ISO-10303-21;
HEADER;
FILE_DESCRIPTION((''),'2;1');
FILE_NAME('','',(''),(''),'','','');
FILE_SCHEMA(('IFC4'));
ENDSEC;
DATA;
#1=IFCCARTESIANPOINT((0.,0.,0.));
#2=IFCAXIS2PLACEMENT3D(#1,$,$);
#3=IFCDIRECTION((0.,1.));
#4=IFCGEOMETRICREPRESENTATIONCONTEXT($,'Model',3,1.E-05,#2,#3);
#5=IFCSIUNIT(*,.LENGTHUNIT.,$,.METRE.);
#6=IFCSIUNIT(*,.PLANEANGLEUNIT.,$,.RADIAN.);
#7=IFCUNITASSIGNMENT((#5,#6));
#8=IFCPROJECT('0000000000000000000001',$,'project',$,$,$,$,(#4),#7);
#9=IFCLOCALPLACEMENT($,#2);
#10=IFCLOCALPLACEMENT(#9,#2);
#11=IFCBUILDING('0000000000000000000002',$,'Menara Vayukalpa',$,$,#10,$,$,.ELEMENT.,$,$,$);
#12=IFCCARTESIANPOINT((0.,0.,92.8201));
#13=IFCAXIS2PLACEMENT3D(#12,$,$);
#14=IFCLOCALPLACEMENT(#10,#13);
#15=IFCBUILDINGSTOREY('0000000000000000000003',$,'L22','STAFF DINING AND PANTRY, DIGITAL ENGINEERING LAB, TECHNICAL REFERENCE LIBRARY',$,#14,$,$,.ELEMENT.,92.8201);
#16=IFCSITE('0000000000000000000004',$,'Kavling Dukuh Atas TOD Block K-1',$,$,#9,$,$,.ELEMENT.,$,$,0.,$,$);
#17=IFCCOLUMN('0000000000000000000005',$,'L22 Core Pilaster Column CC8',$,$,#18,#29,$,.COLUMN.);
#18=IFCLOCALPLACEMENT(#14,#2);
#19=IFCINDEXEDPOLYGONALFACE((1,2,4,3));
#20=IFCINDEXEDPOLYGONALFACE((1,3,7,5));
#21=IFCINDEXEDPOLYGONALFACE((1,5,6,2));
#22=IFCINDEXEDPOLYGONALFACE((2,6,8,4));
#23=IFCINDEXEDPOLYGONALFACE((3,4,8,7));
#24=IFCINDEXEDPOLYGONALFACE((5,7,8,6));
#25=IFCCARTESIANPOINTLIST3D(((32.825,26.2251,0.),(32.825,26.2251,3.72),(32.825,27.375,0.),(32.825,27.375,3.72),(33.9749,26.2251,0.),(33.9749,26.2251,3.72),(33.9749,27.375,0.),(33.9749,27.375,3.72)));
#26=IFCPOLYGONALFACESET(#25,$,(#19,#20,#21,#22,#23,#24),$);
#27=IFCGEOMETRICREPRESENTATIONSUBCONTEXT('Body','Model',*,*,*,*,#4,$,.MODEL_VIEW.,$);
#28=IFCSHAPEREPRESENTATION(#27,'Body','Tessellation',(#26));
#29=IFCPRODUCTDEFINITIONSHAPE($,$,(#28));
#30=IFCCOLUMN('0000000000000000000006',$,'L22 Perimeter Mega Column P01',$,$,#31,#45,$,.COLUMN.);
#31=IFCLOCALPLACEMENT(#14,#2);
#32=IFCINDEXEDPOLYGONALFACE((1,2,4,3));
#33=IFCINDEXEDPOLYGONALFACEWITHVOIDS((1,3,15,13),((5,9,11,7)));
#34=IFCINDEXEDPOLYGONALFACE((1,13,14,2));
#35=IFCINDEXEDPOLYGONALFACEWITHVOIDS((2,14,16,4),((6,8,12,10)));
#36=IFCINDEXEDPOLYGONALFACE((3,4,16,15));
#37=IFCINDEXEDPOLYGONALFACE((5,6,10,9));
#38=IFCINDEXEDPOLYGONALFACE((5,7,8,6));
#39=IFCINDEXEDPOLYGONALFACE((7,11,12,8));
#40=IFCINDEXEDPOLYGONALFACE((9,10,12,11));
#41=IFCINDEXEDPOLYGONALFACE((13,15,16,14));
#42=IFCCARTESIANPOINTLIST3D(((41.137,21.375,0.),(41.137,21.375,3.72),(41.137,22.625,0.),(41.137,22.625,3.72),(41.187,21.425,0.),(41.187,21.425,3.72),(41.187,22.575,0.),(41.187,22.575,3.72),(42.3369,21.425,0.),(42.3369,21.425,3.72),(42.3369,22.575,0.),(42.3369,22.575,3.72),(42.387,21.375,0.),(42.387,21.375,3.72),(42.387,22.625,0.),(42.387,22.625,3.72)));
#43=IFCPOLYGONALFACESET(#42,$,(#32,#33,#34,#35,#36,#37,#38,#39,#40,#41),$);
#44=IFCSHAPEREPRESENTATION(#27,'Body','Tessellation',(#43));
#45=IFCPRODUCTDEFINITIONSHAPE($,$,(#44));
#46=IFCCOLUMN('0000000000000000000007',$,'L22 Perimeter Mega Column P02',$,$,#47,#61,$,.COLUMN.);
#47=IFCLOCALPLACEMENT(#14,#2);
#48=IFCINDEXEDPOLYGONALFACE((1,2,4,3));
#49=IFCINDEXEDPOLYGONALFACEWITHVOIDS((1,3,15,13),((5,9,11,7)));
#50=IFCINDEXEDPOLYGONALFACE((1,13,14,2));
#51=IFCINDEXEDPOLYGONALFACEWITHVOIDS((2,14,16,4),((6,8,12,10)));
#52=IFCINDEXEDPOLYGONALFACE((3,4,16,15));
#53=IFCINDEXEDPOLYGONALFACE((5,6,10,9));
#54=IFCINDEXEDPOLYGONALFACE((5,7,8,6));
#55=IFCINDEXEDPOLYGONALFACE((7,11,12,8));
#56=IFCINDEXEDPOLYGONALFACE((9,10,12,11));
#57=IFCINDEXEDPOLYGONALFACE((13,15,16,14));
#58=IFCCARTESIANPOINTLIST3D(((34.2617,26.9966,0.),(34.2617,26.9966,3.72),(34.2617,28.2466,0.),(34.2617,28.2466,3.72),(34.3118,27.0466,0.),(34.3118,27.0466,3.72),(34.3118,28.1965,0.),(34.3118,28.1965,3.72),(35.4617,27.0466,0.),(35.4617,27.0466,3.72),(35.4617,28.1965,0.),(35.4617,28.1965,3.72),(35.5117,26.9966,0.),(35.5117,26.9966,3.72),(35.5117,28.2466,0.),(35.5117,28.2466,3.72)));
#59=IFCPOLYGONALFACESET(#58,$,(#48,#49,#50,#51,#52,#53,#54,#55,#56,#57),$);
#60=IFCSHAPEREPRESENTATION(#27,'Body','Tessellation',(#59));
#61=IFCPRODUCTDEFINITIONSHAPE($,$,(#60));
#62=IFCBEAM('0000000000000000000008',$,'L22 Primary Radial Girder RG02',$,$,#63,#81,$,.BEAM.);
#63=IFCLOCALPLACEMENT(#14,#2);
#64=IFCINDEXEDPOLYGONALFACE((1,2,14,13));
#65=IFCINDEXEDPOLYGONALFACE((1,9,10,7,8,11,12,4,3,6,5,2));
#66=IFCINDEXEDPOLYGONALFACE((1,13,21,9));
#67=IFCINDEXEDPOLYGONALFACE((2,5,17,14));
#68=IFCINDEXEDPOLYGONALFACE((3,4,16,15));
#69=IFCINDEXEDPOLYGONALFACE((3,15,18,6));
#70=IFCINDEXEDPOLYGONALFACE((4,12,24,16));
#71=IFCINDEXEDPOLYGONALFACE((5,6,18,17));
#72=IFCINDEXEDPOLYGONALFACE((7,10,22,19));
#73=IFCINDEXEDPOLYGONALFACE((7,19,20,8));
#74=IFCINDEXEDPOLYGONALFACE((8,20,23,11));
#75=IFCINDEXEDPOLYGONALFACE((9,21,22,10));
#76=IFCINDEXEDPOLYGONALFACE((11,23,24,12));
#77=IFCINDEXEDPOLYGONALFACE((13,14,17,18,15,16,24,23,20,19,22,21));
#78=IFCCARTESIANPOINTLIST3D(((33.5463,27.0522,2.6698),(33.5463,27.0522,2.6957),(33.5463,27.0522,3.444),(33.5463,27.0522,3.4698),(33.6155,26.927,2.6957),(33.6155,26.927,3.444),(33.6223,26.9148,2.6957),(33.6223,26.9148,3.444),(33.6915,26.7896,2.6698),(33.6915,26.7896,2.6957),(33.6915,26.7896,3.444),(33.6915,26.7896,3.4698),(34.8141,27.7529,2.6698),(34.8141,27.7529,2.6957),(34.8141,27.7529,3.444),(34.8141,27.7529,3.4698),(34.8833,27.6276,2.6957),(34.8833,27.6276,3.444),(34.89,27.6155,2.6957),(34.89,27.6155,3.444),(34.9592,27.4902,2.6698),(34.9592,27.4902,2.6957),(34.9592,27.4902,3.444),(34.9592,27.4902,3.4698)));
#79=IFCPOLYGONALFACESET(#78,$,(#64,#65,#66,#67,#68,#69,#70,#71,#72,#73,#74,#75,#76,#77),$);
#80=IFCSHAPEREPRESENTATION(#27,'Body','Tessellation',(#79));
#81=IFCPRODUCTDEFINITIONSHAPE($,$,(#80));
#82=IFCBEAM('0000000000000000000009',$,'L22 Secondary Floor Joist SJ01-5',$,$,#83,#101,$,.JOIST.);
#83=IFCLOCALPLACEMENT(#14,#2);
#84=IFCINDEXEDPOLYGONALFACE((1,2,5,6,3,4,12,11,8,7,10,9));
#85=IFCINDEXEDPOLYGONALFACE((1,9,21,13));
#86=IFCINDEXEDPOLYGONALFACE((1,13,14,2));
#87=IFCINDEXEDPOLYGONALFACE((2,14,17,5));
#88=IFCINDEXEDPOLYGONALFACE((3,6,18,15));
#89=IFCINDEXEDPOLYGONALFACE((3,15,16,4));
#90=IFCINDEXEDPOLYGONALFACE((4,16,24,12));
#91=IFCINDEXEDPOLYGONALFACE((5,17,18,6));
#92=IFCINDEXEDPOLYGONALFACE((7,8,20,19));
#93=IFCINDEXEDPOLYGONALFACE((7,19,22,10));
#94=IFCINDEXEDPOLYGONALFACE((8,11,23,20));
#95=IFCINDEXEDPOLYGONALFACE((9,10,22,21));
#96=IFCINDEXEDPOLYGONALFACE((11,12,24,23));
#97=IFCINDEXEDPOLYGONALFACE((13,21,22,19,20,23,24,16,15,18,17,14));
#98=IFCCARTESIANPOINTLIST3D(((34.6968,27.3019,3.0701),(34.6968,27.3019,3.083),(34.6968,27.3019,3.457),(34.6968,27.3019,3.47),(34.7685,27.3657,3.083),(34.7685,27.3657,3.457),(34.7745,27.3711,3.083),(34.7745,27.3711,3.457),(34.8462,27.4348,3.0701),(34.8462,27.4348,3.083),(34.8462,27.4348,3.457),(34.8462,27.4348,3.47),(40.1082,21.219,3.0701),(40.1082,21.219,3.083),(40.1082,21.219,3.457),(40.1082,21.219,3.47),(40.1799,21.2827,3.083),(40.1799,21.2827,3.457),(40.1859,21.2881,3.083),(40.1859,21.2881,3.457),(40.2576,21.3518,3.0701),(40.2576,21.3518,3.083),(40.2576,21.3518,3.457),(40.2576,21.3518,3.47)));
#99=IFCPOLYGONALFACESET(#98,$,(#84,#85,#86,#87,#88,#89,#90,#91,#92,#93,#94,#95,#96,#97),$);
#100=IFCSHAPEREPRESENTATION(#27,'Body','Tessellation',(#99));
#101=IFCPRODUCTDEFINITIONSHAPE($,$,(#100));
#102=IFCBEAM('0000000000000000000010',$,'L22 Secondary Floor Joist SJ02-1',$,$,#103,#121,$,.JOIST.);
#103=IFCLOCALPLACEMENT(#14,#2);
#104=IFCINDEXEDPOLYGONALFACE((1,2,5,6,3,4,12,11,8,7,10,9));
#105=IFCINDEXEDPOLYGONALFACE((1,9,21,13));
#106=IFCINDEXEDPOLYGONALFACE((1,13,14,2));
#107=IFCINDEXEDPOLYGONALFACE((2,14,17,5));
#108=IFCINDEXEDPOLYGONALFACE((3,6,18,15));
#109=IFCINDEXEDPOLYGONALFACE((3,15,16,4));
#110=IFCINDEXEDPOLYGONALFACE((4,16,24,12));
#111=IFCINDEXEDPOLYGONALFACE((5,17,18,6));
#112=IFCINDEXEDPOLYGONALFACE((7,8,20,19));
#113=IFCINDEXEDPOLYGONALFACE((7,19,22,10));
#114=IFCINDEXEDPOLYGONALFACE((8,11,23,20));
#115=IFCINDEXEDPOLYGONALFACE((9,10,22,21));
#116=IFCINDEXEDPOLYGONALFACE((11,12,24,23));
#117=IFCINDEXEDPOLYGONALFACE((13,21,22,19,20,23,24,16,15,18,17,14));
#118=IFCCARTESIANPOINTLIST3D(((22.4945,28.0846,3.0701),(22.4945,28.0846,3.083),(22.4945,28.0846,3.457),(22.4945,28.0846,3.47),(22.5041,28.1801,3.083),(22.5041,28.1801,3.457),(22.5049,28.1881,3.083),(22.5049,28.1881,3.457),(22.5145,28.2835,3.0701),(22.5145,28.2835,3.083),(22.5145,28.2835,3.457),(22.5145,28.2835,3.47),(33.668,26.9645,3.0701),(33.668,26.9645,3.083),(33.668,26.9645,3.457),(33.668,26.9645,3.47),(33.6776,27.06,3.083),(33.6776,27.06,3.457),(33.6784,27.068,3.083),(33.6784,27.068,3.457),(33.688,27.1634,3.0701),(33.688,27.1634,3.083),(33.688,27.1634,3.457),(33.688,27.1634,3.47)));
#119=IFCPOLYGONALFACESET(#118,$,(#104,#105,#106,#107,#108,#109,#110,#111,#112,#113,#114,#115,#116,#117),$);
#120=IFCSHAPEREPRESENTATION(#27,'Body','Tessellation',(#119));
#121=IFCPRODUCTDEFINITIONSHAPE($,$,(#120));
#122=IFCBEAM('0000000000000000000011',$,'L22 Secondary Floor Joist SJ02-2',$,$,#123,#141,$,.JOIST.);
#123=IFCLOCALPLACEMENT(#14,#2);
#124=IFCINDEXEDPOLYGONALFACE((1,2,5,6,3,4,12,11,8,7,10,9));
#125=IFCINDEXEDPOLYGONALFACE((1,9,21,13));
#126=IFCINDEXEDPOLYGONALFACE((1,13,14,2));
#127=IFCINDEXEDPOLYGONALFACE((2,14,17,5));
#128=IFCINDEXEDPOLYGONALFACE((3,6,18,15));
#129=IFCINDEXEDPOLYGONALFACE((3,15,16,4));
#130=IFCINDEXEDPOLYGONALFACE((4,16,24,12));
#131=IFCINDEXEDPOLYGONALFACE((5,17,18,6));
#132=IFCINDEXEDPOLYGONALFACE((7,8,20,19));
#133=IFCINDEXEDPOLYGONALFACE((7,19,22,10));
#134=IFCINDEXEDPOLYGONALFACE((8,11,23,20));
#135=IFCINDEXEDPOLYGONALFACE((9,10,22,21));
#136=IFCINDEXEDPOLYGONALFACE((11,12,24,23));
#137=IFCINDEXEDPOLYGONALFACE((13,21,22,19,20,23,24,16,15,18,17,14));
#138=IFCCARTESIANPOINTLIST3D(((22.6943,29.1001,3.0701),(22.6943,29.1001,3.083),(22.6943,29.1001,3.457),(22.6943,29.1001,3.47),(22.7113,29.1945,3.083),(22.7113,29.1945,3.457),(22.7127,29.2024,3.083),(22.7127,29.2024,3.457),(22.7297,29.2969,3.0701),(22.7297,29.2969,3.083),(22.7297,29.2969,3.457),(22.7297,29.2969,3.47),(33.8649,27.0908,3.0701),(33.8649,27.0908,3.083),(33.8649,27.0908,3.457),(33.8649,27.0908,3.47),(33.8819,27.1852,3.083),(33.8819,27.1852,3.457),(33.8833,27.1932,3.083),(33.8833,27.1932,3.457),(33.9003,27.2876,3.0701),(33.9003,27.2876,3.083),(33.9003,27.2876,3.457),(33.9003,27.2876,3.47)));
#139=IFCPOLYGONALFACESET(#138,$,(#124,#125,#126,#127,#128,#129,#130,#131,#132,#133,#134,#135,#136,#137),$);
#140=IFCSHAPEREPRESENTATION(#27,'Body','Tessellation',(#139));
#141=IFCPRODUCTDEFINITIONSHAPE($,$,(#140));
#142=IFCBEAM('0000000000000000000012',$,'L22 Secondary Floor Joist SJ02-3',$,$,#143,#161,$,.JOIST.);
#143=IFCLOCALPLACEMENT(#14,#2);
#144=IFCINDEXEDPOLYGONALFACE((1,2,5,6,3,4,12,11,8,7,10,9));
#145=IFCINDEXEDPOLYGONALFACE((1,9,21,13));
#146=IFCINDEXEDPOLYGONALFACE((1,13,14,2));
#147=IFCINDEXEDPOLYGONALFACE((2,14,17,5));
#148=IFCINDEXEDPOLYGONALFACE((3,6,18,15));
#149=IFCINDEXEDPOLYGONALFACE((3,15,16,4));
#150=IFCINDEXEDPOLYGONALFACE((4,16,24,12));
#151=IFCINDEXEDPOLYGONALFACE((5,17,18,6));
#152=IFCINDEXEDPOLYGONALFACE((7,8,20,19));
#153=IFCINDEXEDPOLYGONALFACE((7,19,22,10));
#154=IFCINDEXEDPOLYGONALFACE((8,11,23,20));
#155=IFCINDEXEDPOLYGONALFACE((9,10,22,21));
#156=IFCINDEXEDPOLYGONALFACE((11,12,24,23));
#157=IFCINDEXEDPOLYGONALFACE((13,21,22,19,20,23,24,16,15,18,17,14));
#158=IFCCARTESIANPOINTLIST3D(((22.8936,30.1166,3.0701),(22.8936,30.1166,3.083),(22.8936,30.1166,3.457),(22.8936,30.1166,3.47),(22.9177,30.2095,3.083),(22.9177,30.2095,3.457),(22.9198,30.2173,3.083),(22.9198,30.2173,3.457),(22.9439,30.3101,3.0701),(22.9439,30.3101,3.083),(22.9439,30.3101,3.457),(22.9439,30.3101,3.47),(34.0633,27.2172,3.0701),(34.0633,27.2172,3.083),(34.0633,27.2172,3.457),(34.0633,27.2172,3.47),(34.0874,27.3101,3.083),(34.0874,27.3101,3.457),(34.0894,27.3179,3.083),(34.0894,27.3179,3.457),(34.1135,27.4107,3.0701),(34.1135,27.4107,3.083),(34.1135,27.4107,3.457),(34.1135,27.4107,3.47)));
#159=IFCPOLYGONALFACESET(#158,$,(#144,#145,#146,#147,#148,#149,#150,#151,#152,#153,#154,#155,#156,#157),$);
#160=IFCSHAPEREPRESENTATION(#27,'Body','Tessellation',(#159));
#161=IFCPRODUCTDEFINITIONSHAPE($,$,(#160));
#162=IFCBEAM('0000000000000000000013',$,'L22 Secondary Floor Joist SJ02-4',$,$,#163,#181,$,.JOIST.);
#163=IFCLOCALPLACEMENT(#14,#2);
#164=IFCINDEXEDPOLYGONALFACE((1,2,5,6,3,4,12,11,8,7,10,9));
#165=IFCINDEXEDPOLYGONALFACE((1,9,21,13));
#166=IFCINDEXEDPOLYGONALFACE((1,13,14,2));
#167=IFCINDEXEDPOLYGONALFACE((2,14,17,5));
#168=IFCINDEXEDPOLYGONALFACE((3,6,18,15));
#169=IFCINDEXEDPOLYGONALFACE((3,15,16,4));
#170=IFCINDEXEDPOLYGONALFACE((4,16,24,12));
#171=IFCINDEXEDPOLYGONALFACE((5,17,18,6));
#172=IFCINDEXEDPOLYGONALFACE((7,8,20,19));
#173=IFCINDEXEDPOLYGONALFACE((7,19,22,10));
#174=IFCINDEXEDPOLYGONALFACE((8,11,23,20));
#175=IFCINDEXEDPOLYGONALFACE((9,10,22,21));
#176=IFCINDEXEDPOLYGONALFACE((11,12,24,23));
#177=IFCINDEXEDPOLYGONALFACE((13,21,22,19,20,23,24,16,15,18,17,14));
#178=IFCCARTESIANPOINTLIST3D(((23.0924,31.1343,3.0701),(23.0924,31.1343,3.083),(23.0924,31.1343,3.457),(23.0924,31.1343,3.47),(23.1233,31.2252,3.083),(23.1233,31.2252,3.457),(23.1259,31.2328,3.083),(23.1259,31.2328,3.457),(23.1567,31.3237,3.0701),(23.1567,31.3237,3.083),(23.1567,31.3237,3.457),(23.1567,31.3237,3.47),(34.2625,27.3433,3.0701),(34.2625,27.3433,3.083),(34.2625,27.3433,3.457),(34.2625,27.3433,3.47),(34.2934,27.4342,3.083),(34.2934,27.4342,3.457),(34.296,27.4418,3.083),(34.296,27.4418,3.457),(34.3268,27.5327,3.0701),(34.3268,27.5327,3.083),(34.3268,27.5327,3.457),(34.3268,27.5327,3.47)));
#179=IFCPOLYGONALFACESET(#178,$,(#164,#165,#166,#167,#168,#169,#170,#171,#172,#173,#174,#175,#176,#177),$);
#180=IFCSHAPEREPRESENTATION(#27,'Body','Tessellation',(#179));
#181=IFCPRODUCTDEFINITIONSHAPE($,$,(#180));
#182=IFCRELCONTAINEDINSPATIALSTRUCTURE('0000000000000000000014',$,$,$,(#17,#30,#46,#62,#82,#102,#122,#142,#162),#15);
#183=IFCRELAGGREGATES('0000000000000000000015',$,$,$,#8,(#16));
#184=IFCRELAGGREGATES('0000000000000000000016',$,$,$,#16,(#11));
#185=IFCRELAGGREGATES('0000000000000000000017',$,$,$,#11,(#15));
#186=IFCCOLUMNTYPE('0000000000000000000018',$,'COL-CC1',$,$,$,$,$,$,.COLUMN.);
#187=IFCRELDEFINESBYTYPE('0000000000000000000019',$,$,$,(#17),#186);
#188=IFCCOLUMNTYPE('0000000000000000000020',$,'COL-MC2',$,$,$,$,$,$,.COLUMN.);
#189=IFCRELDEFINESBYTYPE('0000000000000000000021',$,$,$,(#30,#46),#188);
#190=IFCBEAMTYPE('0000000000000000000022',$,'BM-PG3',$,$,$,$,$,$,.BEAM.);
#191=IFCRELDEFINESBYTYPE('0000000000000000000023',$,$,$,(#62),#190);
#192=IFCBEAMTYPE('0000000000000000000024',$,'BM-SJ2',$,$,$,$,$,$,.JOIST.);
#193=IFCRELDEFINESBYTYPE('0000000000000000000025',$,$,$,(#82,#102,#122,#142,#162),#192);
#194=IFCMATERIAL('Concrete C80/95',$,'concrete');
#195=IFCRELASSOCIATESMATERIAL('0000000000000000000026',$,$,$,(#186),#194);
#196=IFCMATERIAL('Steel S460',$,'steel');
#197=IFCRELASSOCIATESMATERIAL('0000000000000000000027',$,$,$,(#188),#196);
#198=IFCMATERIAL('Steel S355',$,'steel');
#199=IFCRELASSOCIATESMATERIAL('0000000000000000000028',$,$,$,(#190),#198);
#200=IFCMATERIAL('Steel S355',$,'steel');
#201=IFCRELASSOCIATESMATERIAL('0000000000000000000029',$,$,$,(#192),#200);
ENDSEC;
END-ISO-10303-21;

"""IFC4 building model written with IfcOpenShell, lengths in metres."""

from ifc_helpers import new_model, si_unit, direction, frame, origin, origin_2d, place, context, subcontext, project, spatial, rectangle, hollow_rectangle, i_section, extrude, material, material_profile, profile_set, type_object, element, save


model = new_model("IFC4")

# Units and contexts
model_context = context("Model", 3, precision=1e-05, world=origin(), true_north=direction((0.0, 1.0)))
body_context = subcontext(model_context, "Body", "Model", "MODEL_VIEW")
ifc_project = project(units=[si_unit("LENGTHUNIT", "METRE"), si_unit("PLANEANGLEUNIT", "RADIAN")], contexts=[model_context])

# Site, building, storey
site_placement = place(None, origin())
site = spatial("IfcSite", under=ifc_project, at=site_placement, Name="Kavling Dukuh Atas TOD Block K-1", CompositionType="ELEMENT", RefElevation=0.0)
building_placement = place(site_placement, origin())
building = spatial("IfcBuilding", under=site, at=building_placement, Name="Menara Vayukalpa", CompositionType="ELEMENT")
storey_placement = place(building_placement, frame((0.0, 0.0, 92.8201)))
storey = spatial("IfcBuildingStorey", under=building, at=storey_placement, Name="L22", Description="STAFF DINING AND PANTRY, DIGITAL ENGINEERING LAB, TECHNICAL REFERENCE LIBRARY", CompositionType="ELEMENT", Elevation=92.8201)

# Columns
ifc_material_1 = material(Name="Concrete C80/95", Category="concrete")
ifc_material_profile_1 = material_profile(ifc_material_1, rectangle(XDim=1.1499, YDim=1.1499, at=origin_2d()), Name="RC 1150x1150")
ifc_profile_set_1 = profile_set([ifc_material_profile_1], Name="Concrete C80/95")
column_type_1 = type_object("IfcColumnType", Name="COL-CC1", PredefinedType="COLUMN", material=ifc_profile_set_1)
column_placement = place(storey_placement, frame((33.3999, 26.8, 0.0), z_axis=(0.0, 0.0, 1.0), x_axis=(1.0, 0.0, 0.0)))
element("IfcColumn", 1, at=column_placement, inside=storey, type_object=column_type_1, Name="L22 Core Pilaster Column CC8", PredefinedType="COLUMN", context=body_context, shape_type="SweptSolid", body=[
    extrude(rectangle(XDim=1.1499, YDim=1.1499, at=origin_2d()), origin(), (0.0, 0.0, 1.0), 3.72),
])
ifc_material_2 = material(Name="Steel S460", Category="steel")
ifc_material_profile_2 = material_profile(ifc_material_2, hollow_rectangle(XDim=1.25, YDim=1.25, WallThickness=0.05, at=origin_2d()), Name="BOX 1250x1250x50")
ifc_profile_set_2 = profile_set([ifc_material_profile_2], Name="Steel S460")
column_type_2 = type_object("IfcColumnType", Name="COL-MC2", PredefinedType="COLUMN", material=ifc_profile_set_2)
for number, where, z_axis, x_axis, name in (
    (2, (41.762, 22.0, 0.0), (0.0, 0.0, 1.0), (1.0, 0.0, 0.0), "L22 Perimeter Mega Column P01"),
    (3, (34.8867, 27.6216, 0.0), (0.0, 0.0, 1.0), (1.0, 0.0, 0.0), "L22 Perimeter Mega Column P02"),
):
    element("IfcColumn", number, at=place(storey_placement, frame(where, z_axis=z_axis, x_axis=x_axis)), inside=storey, type_object=column_type_2, Name=name, PredefinedType="COLUMN", context=body_context, shape_type="SweptSolid", body=[
        extrude(hollow_rectangle(XDim=1.25, YDim=1.25, WallThickness=0.05, at=origin_2d()), origin(), (0.0, 0.0, 1.0), 3.72),
    ])

# Beams
ifc_material_3 = material(Name="Steel S355", Category="steel")
ifc_material_profile_3 = material_profile(ifc_material_3, i_section(OverallWidth=0.3, OverallDepth=0.8, WebThickness=0.0139, FlangeThickness=0.0259, at=origin_2d()), Name="WF 800x300x14x26")
ifc_profile_set_3 = profile_set([ifc_material_profile_3], Name="Steel S355")
beam_type_1 = type_object("IfcBeamType", Name="BM-PG3", PredefinedType="BEAM", material=ifc_profile_set_3)
beam_1_placement = place(storey_placement, frame((33.6189, 26.9209, 3.0698), z_axis=(0.875228, 0.48371, 0.0), x_axis=(-0.48371, 0.875228, 0.0)))
element("IfcBeam", 4, at=beam_1_placement, inside=storey, type_object=beam_type_1, Name="L22 Primary Radial Girder RG02", PredefinedType="BEAM", context=body_context, shape_type="SweptSolid", body=[
    extrude(i_section(OverallWidth=0.3, OverallDepth=0.8, WebThickness=0.0139, FlangeThickness=0.0259, at=origin_2d()), origin(), (0.0, 0.0, 1.0), 1.4485),
])
ifc_material_4 = material(Name="Steel S355", Category="steel")
ifc_material_profile_4 = material_profile(ifc_material_4, i_section(OverallWidth=0.2, OverallDepth=0.3999, WebThickness=0.0081, FlangeThickness=0.0129, at=origin_2d()), Name="WF 400x200x8x13")
ifc_profile_set_4 = profile_set([ifc_material_profile_4], Name="Steel S355")
beam_type_2 = type_object("IfcBeamType", Name="BM-SJ2", PredefinedType="JOIST", material=ifc_profile_set_4)
beam_2_placement = place(storey_placement, frame((40.1829, 21.2854, 3.27), z_axis=(-0.664656, 0.74715, 0.0), x_axis=(-0.74715, -0.664656, 0.0)))
element("IfcBeam", 5, at=beam_2_placement, inside=storey, type_object=beam_type_2, Name="L22 Secondary Floor Joist SJ01-5", PredefinedType="JOIST", context=body_context, shape_type="SweptSolid", body=[
    extrude(i_section(OverallWidth=0.2, OverallDepth=0.3999, WebThickness=0.0081, FlangeThickness=0.0129, at=origin_2d()), origin(), (0.0, 0.0, 1.0), 8.1416),
])
beam_3_placement = place(storey_placement, frame((33.678, 27.064, 3.27), z_axis=(-0.995013, 0.099747, 0.0), x_axis=(-0.099747, -0.995013, 0.0)))
element("IfcBeam", 6, at=beam_3_placement, inside=storey, type_object=beam_type_2, Name="L22 Secondary Floor Joist SJ02-1", PredefinedType="JOIST", context=body_context, shape_type="SweptSolid", body=[
    extrude(i_section(OverallWidth=0.2, OverallDepth=0.3999, WebThickness=0.0081, FlangeThickness=0.0129, at=origin_2d()), origin(), (0.0, 0.0, 1.0), 11.2295),
])
beam_4_placement = place(storey_placement, frame((33.8826, 27.1892, 3.27), z_axis=(-0.984205, 0.17703, 0.0), x_axis=(-0.17703, -0.984205, 0.0)))
element("IfcBeam", 7, at=beam_4_placement, inside=storey, type_object=beam_type_2, Name="L22 Secondary Floor Joist SJ02-2", PredefinedType="JOIST", context=body_context, shape_type="SweptSolid", body=[
    extrude(i_section(OverallWidth=0.2, OverallDepth=0.3999, WebThickness=0.0081, FlangeThickness=0.0129, at=origin_2d()), origin(), (0.0, 0.0, 1.0), 11.3499),
])
beam_5_placement = place(storey_placement, frame((34.0884, 27.314, 3.27), z_axis=(-0.967922, 0.251252, 0.0), x_axis=(-0.251252, -0.967922, 0.0)))
element("IfcBeam", 8, at=beam_5_placement, inside=storey, type_object=beam_type_2, Name="L22 Secondary Floor Joist SJ02-3", PredefinedType="JOIST", context=body_context, shape_type="SweptSolid", body=[
    extrude(i_section(OverallWidth=0.2, OverallDepth=0.3999, WebThickness=0.0081, FlangeThickness=0.0129, at=origin_2d()), origin(), (0.0, 0.0, 1.0), 11.5398),
])
beam_6_placement = place(storey_placement, frame((34.2947, 27.438, 3.27), z_axis=(-0.946949, 0.321383, 0.0), x_axis=(-0.321383, -0.946949, 0.0)))
element("IfcBeam", 9, at=beam_6_placement, inside=storey, type_object=beam_type_2, Name="L22 Secondary Floor Joist SJ02-4", PredefinedType="JOIST", context=body_context, shape_type="SweptSolid", body=[
    extrude(i_section(OverallWidth=0.2, OverallDepth=0.3999, WebThickness=0.0081, FlangeThickness=0.0129, at=origin_2d()), origin(), (0.0, 0.0, 1.0), 11.7959),
])

save(model, "model.ifc")
